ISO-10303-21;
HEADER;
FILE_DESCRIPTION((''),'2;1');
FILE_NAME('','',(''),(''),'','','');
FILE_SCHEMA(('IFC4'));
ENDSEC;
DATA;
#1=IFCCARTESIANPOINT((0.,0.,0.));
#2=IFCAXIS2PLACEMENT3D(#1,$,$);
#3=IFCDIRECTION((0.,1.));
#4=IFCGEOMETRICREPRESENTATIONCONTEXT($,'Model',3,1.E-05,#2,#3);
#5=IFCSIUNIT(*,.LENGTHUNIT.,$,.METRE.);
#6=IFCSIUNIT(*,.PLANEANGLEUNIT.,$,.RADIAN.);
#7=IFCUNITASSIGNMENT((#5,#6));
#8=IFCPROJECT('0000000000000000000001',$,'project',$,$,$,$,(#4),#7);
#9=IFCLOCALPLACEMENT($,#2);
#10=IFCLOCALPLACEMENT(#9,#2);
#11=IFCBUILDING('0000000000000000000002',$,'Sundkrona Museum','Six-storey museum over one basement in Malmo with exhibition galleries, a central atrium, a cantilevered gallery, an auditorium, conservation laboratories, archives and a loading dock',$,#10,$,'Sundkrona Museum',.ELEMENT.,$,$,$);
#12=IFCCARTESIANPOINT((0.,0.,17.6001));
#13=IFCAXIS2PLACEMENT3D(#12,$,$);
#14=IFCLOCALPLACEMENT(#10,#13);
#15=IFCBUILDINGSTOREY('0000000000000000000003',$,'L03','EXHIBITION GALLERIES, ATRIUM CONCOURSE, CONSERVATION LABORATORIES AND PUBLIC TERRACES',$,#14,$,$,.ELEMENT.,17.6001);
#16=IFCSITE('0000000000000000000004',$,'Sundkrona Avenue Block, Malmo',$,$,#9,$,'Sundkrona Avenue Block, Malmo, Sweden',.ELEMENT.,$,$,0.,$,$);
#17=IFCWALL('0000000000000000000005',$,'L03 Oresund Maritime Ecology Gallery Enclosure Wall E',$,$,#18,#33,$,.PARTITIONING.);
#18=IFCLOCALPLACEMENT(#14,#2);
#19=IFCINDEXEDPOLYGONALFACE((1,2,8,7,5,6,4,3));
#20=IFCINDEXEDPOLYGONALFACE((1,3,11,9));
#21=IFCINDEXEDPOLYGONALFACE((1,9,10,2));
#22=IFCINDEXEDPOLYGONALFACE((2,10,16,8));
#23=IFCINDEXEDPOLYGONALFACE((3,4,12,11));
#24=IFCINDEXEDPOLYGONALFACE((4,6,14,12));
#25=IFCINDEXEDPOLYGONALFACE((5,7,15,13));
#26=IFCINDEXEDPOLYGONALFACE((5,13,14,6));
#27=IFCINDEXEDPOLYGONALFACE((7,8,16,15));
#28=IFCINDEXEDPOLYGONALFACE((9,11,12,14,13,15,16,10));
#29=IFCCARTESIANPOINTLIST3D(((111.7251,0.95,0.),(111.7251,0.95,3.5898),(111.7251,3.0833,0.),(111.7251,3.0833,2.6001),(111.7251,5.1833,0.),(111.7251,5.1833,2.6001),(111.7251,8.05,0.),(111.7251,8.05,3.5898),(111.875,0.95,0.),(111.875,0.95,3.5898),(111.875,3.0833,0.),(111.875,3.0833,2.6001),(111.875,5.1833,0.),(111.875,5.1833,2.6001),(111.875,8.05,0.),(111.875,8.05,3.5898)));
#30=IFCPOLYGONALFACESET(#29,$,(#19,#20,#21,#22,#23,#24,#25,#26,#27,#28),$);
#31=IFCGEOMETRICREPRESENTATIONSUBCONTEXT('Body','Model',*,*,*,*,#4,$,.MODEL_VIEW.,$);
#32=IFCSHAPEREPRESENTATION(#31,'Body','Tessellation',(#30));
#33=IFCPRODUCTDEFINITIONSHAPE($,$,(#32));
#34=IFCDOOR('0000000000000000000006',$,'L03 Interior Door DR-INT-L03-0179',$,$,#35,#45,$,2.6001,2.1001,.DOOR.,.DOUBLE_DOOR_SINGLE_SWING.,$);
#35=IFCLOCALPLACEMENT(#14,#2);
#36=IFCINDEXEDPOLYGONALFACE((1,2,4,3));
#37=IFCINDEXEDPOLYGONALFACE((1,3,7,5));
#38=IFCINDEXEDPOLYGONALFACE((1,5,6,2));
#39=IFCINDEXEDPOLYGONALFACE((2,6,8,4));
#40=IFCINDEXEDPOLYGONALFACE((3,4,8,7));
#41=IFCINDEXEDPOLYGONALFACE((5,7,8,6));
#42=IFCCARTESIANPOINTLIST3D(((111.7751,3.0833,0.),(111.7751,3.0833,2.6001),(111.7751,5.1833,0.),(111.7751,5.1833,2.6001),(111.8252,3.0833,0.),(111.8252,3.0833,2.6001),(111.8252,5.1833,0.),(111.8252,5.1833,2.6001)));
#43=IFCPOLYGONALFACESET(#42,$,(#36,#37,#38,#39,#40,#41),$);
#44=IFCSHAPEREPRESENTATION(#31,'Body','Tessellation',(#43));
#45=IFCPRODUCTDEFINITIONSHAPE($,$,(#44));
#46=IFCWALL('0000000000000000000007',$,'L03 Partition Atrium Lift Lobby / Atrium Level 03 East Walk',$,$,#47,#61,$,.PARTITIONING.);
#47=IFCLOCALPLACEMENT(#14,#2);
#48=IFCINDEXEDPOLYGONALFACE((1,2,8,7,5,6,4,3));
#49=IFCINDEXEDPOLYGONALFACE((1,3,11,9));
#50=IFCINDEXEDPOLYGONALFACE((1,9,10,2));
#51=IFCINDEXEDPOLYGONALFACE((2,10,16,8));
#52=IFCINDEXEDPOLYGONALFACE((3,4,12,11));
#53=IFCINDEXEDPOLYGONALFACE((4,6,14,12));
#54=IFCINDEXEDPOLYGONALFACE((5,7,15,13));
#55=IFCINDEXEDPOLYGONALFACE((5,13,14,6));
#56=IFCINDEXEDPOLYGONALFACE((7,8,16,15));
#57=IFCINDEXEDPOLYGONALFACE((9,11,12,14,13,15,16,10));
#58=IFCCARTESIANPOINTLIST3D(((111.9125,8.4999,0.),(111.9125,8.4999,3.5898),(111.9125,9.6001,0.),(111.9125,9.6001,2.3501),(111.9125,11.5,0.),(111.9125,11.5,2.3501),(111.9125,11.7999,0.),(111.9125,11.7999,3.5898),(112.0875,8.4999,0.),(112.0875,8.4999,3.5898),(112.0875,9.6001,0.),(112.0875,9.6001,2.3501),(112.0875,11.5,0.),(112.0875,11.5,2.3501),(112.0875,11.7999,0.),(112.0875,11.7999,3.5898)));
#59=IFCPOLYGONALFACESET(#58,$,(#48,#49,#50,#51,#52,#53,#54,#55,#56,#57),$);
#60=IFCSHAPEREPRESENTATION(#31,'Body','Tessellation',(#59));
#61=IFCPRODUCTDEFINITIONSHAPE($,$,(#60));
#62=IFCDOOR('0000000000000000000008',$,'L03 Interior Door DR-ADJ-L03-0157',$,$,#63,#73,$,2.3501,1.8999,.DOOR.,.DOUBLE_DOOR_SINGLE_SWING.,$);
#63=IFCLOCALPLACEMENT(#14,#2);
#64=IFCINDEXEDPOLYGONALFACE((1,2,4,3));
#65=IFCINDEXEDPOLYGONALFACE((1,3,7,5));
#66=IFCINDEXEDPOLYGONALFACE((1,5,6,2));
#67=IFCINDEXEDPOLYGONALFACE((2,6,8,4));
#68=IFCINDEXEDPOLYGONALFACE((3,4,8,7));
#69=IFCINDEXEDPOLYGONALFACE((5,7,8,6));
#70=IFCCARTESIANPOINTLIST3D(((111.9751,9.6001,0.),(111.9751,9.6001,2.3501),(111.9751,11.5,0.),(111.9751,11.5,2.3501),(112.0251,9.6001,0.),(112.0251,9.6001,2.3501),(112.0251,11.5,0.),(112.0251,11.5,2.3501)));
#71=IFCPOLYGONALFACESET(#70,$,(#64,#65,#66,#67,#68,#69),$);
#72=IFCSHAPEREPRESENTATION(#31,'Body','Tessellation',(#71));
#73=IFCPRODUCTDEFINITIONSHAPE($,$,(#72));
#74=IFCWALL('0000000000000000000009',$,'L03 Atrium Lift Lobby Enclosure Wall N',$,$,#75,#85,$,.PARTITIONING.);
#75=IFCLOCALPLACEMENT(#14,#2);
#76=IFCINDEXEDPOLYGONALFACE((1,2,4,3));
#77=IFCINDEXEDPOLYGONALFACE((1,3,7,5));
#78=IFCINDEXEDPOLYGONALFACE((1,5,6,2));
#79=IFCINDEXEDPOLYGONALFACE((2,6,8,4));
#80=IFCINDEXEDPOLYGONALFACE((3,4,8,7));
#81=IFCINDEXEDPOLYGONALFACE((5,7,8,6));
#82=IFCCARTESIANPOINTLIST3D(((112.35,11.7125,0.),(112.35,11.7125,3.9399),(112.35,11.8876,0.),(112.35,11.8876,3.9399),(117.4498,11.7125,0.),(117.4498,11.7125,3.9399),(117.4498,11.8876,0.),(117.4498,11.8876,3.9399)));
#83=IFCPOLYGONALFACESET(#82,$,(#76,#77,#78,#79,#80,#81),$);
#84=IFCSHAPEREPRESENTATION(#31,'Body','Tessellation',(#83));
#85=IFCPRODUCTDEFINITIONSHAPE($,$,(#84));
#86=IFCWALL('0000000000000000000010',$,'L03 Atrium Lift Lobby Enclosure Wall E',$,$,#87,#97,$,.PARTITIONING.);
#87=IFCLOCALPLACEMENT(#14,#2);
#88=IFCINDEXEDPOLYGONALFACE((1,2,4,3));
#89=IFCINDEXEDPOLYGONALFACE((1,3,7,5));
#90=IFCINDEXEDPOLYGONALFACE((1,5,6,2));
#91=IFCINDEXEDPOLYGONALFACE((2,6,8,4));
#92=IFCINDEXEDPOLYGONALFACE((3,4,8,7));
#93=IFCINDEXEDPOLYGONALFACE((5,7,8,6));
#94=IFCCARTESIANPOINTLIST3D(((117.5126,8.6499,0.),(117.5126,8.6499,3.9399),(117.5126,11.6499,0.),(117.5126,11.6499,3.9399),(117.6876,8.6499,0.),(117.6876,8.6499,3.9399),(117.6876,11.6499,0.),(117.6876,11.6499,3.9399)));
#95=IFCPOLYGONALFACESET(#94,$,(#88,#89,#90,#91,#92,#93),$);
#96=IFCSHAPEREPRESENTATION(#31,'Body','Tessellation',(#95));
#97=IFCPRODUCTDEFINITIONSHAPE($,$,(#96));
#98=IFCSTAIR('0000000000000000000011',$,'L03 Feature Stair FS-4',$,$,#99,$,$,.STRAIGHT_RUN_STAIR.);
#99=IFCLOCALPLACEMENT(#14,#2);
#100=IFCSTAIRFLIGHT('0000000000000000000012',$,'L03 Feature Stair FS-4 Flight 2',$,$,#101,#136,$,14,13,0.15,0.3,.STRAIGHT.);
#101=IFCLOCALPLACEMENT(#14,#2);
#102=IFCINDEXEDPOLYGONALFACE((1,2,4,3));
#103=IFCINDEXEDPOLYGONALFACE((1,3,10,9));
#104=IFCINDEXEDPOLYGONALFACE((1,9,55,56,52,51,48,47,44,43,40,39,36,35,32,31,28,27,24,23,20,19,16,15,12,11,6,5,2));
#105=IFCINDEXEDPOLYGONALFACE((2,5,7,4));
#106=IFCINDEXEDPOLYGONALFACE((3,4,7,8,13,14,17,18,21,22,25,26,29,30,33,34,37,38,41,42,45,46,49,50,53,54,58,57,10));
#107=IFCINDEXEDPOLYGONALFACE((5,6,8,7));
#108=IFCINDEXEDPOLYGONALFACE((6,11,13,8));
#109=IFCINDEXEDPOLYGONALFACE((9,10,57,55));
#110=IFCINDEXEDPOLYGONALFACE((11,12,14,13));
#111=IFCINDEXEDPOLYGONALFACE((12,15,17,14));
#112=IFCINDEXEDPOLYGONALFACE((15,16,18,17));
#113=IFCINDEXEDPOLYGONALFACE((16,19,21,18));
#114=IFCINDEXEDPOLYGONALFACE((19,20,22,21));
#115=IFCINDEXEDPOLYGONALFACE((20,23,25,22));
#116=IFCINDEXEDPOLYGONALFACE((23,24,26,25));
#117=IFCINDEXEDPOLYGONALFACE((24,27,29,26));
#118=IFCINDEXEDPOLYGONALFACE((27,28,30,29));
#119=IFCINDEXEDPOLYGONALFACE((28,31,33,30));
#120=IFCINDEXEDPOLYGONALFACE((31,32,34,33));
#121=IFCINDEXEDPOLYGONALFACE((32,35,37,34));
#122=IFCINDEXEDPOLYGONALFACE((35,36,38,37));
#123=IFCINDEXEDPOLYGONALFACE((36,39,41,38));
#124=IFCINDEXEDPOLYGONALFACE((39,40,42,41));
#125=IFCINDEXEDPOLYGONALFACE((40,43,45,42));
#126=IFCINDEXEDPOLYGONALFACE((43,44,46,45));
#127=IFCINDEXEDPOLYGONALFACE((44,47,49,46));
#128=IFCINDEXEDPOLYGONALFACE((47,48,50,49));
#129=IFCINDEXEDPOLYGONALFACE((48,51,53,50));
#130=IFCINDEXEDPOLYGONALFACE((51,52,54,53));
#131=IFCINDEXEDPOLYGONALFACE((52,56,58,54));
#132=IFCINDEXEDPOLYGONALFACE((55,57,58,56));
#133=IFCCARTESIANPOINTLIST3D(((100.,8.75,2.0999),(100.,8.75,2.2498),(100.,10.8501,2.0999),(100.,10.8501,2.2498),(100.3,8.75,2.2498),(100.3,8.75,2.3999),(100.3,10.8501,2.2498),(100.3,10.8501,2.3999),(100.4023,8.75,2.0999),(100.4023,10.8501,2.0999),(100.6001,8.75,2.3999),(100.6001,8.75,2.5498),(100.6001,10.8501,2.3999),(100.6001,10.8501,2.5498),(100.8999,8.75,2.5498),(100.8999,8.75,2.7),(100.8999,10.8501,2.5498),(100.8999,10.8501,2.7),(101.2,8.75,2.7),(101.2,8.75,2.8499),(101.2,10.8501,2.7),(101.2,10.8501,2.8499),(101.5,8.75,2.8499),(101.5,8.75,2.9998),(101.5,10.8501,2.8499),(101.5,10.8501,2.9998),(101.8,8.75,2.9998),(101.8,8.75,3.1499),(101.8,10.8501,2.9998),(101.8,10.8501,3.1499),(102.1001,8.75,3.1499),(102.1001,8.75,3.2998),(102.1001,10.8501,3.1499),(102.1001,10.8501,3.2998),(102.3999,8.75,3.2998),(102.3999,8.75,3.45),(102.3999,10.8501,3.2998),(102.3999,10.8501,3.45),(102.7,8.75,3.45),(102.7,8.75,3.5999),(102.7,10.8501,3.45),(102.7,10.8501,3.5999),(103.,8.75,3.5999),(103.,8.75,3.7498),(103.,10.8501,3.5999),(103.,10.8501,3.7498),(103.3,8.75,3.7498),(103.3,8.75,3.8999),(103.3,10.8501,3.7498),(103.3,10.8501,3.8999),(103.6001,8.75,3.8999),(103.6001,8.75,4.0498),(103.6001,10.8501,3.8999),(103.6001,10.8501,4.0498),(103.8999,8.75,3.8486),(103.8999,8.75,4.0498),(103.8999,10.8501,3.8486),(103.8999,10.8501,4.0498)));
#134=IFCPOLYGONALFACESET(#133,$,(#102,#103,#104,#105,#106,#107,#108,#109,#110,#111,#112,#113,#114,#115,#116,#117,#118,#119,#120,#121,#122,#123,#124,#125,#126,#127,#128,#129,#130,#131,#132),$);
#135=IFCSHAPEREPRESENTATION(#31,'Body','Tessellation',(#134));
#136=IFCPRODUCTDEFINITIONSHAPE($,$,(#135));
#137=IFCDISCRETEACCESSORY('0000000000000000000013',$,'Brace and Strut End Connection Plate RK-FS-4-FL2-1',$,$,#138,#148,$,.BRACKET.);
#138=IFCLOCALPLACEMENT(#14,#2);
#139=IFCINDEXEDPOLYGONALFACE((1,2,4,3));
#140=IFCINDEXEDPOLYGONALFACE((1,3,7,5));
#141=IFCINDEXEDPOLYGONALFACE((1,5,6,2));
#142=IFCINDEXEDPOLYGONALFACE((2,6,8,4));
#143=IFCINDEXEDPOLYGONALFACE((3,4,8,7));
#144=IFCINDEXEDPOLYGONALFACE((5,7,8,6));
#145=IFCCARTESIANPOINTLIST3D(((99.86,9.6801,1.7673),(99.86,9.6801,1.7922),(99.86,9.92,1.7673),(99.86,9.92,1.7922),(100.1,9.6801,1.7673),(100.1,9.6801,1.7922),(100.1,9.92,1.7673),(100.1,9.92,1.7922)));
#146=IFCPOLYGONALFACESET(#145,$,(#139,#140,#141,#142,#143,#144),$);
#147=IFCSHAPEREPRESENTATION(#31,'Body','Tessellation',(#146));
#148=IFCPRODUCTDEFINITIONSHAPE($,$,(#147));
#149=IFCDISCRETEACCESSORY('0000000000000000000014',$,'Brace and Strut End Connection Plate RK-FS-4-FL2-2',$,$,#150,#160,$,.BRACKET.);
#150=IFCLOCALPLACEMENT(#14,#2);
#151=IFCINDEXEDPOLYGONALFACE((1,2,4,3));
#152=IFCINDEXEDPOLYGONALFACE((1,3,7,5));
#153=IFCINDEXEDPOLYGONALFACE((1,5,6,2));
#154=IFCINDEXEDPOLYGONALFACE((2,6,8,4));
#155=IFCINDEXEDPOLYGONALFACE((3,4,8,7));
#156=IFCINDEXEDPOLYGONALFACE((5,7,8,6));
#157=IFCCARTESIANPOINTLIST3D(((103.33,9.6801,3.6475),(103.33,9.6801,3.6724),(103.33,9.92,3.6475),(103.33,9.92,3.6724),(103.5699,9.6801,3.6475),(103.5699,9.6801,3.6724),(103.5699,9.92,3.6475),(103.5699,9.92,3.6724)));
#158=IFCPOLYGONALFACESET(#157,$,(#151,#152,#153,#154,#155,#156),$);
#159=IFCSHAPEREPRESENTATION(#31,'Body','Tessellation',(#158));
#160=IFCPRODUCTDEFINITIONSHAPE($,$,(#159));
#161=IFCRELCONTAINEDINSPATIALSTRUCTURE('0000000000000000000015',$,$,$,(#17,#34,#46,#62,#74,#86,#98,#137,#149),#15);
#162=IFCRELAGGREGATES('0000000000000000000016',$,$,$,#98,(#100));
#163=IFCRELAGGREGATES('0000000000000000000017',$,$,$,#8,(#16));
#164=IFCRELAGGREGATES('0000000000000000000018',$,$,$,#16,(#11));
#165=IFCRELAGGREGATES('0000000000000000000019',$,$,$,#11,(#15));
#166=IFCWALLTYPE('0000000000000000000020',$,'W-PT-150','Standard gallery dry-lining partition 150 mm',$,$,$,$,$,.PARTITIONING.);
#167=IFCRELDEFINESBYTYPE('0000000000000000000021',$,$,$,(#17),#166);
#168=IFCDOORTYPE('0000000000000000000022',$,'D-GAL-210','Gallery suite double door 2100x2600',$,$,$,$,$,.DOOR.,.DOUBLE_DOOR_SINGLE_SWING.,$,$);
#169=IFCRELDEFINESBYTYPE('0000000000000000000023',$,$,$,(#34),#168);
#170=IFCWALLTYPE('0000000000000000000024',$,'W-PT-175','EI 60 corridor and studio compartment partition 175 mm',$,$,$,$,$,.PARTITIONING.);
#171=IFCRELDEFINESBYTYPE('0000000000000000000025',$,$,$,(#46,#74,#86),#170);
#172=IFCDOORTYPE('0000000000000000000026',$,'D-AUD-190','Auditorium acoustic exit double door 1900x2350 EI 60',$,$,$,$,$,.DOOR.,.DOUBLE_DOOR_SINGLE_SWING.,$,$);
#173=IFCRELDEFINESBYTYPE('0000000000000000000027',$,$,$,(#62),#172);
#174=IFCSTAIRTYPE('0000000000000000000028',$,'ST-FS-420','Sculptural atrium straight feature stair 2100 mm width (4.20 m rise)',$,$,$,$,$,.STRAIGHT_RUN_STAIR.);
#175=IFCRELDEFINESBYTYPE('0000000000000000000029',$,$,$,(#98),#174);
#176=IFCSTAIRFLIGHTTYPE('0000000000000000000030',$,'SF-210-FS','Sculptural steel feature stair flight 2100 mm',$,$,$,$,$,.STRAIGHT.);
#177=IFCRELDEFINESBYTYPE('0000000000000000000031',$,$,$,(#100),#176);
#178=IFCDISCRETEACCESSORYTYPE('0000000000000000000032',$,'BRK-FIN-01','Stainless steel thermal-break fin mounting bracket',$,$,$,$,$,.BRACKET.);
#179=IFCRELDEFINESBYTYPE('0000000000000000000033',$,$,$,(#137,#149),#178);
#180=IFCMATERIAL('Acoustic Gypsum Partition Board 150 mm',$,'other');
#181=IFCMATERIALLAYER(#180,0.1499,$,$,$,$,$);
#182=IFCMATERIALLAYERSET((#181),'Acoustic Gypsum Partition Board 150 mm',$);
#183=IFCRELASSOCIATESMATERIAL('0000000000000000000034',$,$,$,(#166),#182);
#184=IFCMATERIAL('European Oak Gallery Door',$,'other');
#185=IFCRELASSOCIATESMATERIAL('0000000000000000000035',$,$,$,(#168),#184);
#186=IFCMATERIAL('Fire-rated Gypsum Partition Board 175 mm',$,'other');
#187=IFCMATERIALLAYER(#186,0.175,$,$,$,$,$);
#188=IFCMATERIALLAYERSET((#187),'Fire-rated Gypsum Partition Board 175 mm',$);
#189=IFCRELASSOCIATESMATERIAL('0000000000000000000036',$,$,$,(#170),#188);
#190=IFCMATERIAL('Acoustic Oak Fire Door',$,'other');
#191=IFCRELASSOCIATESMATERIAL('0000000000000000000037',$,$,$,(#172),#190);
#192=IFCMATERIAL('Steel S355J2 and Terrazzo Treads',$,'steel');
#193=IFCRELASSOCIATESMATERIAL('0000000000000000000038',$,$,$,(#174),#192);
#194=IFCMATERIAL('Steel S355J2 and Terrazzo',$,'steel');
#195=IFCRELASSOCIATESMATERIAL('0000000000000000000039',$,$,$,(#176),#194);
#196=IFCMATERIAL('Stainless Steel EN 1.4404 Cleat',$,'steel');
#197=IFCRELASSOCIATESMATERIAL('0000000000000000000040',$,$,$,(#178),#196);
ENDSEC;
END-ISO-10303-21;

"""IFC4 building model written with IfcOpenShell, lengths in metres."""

from ifc_helpers import new_model, si_unit, direction, frame, frame_2d, origin, origin_2d, place, context, subcontext, project, spatial, polyline, rectangle, outline, extrude, material, layer, layer_set, type_object, element, fill, aggregate, save


model = new_model("IFC4")

# Units and contexts
model_context = context("Model", 3, precision=1e-05, world=origin(), true_north=direction((0.0, 1.0)))
body_context = subcontext(model_context, "Body", "Model", "MODEL_VIEW")
ifc_project = project(units=[si_unit("LENGTHUNIT", "METRE"), si_unit("PLANEANGLEUNIT", "RADIAN")], contexts=[model_context])

# Site, building, storey
site_placement = place(None, origin())
site = spatial("IfcSite", under=ifc_project, at=site_placement, Name="Sundkrona Avenue Block, Malmo", LongName="Sundkrona Avenue Block, Malmo, Sweden", CompositionType="ELEMENT", RefElevation=0.0)
building_placement = place(site_placement, origin())
building = spatial("IfcBuilding", under=site, at=building_placement, Name="Sundkrona Museum", Description="Six-storey museum over one basement in Malmo with exhibition galleries, a central atrium, a cantilevered gallery, an auditorium, conservation laboratories, archives and a loading dock", LongName="Sundkrona Museum", CompositionType="ELEMENT")
storey_placement = place(building_placement, frame((0.0, 0.0, 17.6001)))
storey = spatial("IfcBuildingStorey", under=building, at=storey_placement, Name="L03", Description="EXHIBITION GALLERIES, ATRIUM CONCOURSE, CONSERVATION LABORATORIES AND PUBLIC TERRACES", CompositionType="ELEMENT", Elevation=17.6001)

# Shared definitions
ifc_material_1 = material(Name="Acoustic Gypsum Partition Board 150 mm", Category="other")
ifc_layer_1 = layer(ifc_material_1, 0.1499)
ifc_layer_set_1 = layer_set([ifc_layer_1], Name="Acoustic Gypsum Partition Board 150 mm")
wall_type_1 = type_object("IfcWallType", Name="W-PT-150", Description="Standard gallery dry-lining partition 150 mm", PredefinedType="PARTITIONING", material=ifc_layer_set_1)

# Walls, openings, doors
wall_1_placement = place(storey_placement, frame((111.8, 0.95, 0.0), z_axis=(0.0, 0.0, 1.0), x_axis=(0.0, 1.0, 0.0)))
wall_1 = element("IfcWall", 1, at=wall_1_placement, inside=storey, type_object=wall_type_1, Name="L03 Oresund Maritime Ecology Gallery Enclosure Wall E", PredefinedType="PARTITIONING", context=body_context, shape_type="SweptSolid", body=[
    extrude(rectangle(XDim=7.1001, YDim=0.1499, at=frame_2d((3.55, 0.0))), origin(), (0.0, 0.0, 1.0), 3.5898),
])
opening_1_placement = place(wall_1_placement, frame((2.1333, 0.0, 0.0)))
opening_1 = element("IfcOpeningElement", 2, at=opening_1_placement, cuts=wall_1, PredefinedType="OPENING", context=body_context, shape_type="SweptSolid", body=[
    extrude(rectangle(XDim=2.1001, YDim=2.6001, at=frame_2d((1.05, 1.3))), frame((0.0, 0.085, 0.0), z_axis=(0.0, -1.0, 0.0), x_axis=(1.0, 0.0, 0.0)), (0.0, 0.0, 1.0), 0.1699),
])
ifc_material_2 = material(Name="European Oak Gallery Door", Category="other")
door_type_1 = type_object("IfcDoorType", Name="D-GAL-210", Description="Gallery suite double door 2100x2600", OperationType="DOUBLE_DOOR_SINGLE_SWING", PredefinedType="DOOR", material=ifc_material_2)
door_1_placement = place(opening_1_placement, origin())
door_1 = element("IfcDoor", 3, at=door_1_placement, inside=storey, type_object=door_type_1, Name="L03 Interior Door DR-INT-L03-0179", OperationType="DOUBLE_DOOR_SINGLE_SWING", OverallHeight=2.6001, OverallWidth=2.1001, PredefinedType="DOOR", context=body_context, shape_type="SweptSolid", body=[
    extrude(rectangle(XDim=2.1001, YDim=2.6001, at=frame_2d((1.05, 1.3))), frame((0.0, 0.0249, 0.0), z_axis=(0.0, -1.0, 0.0), x_axis=(1.0, 0.0, 0.0)), (0.0, 0.0, 1.0), 0.05),
])
fill(opening_1, door_1)
ifc_material_3 = material(Name="Fire-rated Gypsum Partition Board 175 mm", Category="other")
ifc_layer_2 = layer(ifc_material_3, 0.175)
ifc_layer_set_2 = layer_set([ifc_layer_2], Name="Fire-rated Gypsum Partition Board 175 mm")
wall_type_2 = type_object("IfcWallType", Name="W-PT-175", Description="EI 60 corridor and studio compartment partition 175 mm", PredefinedType="PARTITIONING", material=ifc_layer_set_2)
wall_2_placement = place(storey_placement, frame((112.0, 8.5, 0.0), z_axis=(0.0, 0.0, 1.0), x_axis=(0.0, 1.0, 0.0)))
wall_2 = element("IfcWall", 4, at=wall_2_placement, inside=storey, type_object=wall_type_2, Name="L03 Partition Atrium Lift Lobby / Atrium Level 03 East Walk", PredefinedType="PARTITIONING", context=body_context, shape_type="SweptSolid", body=[
    extrude(rectangle(XDim=3.3, YDim=0.175, at=frame_2d((1.6499, 0.0))), origin(), (0.0, 0.0, 1.0), 3.5898),
])
opening_2_placement = place(wall_2_placement, frame((1.1001, 0.0, 0.0)))
opening_2 = element("IfcOpeningElement", 5, at=opening_2_placement, cuts=wall_2, PredefinedType="OPENING", context=body_context, shape_type="SweptSolid", body=[
    extrude(rectangle(XDim=1.8999, YDim=2.3501, at=frame_2d((0.95, 1.175))), frame((0.0, 0.0974, 0.0), z_axis=(0.0, -1.0, 0.0), x_axis=(1.0, 0.0, 0.0)), (0.0, 0.0, 1.0), 0.1951),
])
ifc_material_4 = material(Name="Acoustic Oak Fire Door", Category="other")
door_type_2 = type_object("IfcDoorType", Name="D-AUD-190", Description="Auditorium acoustic exit double door 1900x2350 EI 60", OperationType="DOUBLE_DOOR_SINGLE_SWING", PredefinedType="DOOR", material=ifc_material_4)
door_2_placement = place(opening_2_placement, origin())
door_2 = element("IfcDoor", 6, at=door_2_placement, inside=storey, type_object=door_type_2, Name="L03 Interior Door DR-ADJ-L03-0157", OperationType="DOUBLE_DOOR_SINGLE_SWING", OverallHeight=2.3501, OverallWidth=1.8999, PredefinedType="DOOR", context=body_context, shape_type="SweptSolid", body=[
    extrude(rectangle(XDim=1.8999, YDim=2.3501, at=frame_2d((0.95, 1.175))), frame((0.0, 0.0249, 0.0), z_axis=(0.0, -1.0, 0.0), x_axis=(1.0, 0.0, 0.0)), (0.0, 0.0, 1.0), 0.05),
])
fill(opening_2, door_2)

# Walls
wall_3_placement = place(storey_placement, frame((112.3501, 11.8, 0.0), z_axis=(0.0, 0.0, 1.0), x_axis=(1.0, 0.0, 0.0)))
element("IfcWall", 7, at=wall_3_placement, inside=storey, type_object=wall_type_2, Name="L03 Atrium Lift Lobby Enclosure Wall N", PredefinedType="PARTITIONING", context=body_context, shape_type="SweptSolid", body=[
    extrude(rectangle(XDim=5.0999, YDim=0.175, at=frame_2d((2.5498, 0.0))), origin(), (0.0, 0.0, 1.0), 3.9399),
])
wall_4_placement = place(storey_placement, frame((117.6001, 8.6499, 0.0), z_axis=(0.0, 0.0, 1.0), x_axis=(0.0, 1.0, 0.0)))
element("IfcWall", 8, at=wall_4_placement, inside=storey, type_object=wall_type_2, Name="L03 Atrium Lift Lobby Enclosure Wall E", PredefinedType="PARTITIONING", context=body_context, shape_type="SweptSolid", body=[
    extrude(rectangle(XDim=3.0, YDim=0.175, at=frame_2d((1.5, 0.0))), origin(), (0.0, 0.0, 1.0), 3.9399),
])

# Stair, stair flight
ifc_material_5 = material(Name="Steel S355J2 and Terrazzo Treads", Category="steel")
stair_type = type_object("IfcStairType", Name="ST-FS-420", Description="Sculptural atrium straight feature stair 2100 mm width (4.20 m rise)", PredefinedType="STRAIGHT_RUN_STAIR", material=ifc_material_5)
stair_placement = place(storey_placement, origin())
stair = element("IfcStair", 9, at=stair_placement, inside=storey, type_object=stair_type, Name="L03 Feature Stair FS-4", PredefinedType="STRAIGHT_RUN_STAIR")
ifc_material_6 = material(Name="Steel S355J2 and Terrazzo", Category="steel")
stair_flight_type = type_object("IfcStairFlightType", Name="SF-210-FS", Description="Sculptural steel feature stair flight 2100 mm", PredefinedType="STRAIGHT", material=ifc_material_6)
stair_flight_placement = place(storey_placement, frame((100.0, 9.8, 2.0999), z_axis=(0.0, 0.0, 1.0), x_axis=(1.0, 0.0, 0.0)))
stair_flight = element("IfcStairFlight", 10, at=stair_flight_placement, type_object=stair_flight_type, Name="L03 Feature Stair FS-4 Flight 2", NumberOfRisers=14, NumberOfTreads=13, PredefinedType="STRAIGHT", RiserHeight=0.15, TreadLength=0.3, context=body_context, shape_type="SweptSolid", body=[
    extrude(outline(polyline([(0.0, 0.0), (0.0, 0.1499), (0.3, 0.1499), (0.3, 0.3), (0.6001, 0.3), (0.6001, 0.45), (0.8999, 0.45), (0.8999, 0.6001), (1.2, 0.6001), (1.2, 0.75), (1.5, 0.75), (1.5, 0.8999), (1.8, 0.8999), (1.8, 1.05), (2.1001, 1.05), (2.1001, 1.2), (2.3999, 1.2), (2.3999, 1.3501), (2.7, 1.3501), (2.7, 1.5), (3.0, 1.5), (3.0, 1.6499), (3.3, 1.6499), (3.3, 1.8), (3.6001, 1.8), (3.6001, 1.95), (3.8999, 1.95), (3.8999, 2.1001), (3.8999, 1.7488), (0.4023, 0.0), (0.0, 0.0)])), frame((0.0, 1.05, 0.0), z_axis=(0.0, -1.0, 0.0), x_axis=(1.0, 0.0, 0.0)), (0.0, 0.0, 1.0), 2.1001),
])
aggregate(stair, [stair_flight])

# Discrete accessories
ifc_material_7 = material(Name="Stainless Steel EN 1.4404 Cleat", Category="steel")
discrete_accessory_type = type_object("IfcDiscreteAccessoryType", Name="BRK-FIN-01", Description="Stainless steel thermal-break fin mounting bracket", PredefinedType="BRACKET", material=ifc_material_7)
for number, where, z_axis, x_axis, name in (
    (11, (99.98, 9.8, 1.7673), (0.0, 0.0, 1.0), (1.0, 0.0, 0.0), "Brace and Strut End Connection Plate RK-FS-4-FL2-1"),
    (12, (103.45, 9.8, 3.6475), (0.0, 0.0, 1.0), (1.0, 0.0, 0.0), "Brace and Strut End Connection Plate RK-FS-4-FL2-2"),
):
    element("IfcDiscreteAccessory", number, at=place(storey_placement, frame(where, z_axis=z_axis, x_axis=x_axis)), inside=storey, type_object=discrete_accessory_type, Name=name, PredefinedType="BRACKET", context=body_context, shape_type="SweptSolid", body=[
        extrude(rectangle(XDim=0.24, YDim=0.24, at=origin_2d()), origin(), (0.0, 0.0, 1.0), 0.0249),
    ])

save(model, "model.ifc")
